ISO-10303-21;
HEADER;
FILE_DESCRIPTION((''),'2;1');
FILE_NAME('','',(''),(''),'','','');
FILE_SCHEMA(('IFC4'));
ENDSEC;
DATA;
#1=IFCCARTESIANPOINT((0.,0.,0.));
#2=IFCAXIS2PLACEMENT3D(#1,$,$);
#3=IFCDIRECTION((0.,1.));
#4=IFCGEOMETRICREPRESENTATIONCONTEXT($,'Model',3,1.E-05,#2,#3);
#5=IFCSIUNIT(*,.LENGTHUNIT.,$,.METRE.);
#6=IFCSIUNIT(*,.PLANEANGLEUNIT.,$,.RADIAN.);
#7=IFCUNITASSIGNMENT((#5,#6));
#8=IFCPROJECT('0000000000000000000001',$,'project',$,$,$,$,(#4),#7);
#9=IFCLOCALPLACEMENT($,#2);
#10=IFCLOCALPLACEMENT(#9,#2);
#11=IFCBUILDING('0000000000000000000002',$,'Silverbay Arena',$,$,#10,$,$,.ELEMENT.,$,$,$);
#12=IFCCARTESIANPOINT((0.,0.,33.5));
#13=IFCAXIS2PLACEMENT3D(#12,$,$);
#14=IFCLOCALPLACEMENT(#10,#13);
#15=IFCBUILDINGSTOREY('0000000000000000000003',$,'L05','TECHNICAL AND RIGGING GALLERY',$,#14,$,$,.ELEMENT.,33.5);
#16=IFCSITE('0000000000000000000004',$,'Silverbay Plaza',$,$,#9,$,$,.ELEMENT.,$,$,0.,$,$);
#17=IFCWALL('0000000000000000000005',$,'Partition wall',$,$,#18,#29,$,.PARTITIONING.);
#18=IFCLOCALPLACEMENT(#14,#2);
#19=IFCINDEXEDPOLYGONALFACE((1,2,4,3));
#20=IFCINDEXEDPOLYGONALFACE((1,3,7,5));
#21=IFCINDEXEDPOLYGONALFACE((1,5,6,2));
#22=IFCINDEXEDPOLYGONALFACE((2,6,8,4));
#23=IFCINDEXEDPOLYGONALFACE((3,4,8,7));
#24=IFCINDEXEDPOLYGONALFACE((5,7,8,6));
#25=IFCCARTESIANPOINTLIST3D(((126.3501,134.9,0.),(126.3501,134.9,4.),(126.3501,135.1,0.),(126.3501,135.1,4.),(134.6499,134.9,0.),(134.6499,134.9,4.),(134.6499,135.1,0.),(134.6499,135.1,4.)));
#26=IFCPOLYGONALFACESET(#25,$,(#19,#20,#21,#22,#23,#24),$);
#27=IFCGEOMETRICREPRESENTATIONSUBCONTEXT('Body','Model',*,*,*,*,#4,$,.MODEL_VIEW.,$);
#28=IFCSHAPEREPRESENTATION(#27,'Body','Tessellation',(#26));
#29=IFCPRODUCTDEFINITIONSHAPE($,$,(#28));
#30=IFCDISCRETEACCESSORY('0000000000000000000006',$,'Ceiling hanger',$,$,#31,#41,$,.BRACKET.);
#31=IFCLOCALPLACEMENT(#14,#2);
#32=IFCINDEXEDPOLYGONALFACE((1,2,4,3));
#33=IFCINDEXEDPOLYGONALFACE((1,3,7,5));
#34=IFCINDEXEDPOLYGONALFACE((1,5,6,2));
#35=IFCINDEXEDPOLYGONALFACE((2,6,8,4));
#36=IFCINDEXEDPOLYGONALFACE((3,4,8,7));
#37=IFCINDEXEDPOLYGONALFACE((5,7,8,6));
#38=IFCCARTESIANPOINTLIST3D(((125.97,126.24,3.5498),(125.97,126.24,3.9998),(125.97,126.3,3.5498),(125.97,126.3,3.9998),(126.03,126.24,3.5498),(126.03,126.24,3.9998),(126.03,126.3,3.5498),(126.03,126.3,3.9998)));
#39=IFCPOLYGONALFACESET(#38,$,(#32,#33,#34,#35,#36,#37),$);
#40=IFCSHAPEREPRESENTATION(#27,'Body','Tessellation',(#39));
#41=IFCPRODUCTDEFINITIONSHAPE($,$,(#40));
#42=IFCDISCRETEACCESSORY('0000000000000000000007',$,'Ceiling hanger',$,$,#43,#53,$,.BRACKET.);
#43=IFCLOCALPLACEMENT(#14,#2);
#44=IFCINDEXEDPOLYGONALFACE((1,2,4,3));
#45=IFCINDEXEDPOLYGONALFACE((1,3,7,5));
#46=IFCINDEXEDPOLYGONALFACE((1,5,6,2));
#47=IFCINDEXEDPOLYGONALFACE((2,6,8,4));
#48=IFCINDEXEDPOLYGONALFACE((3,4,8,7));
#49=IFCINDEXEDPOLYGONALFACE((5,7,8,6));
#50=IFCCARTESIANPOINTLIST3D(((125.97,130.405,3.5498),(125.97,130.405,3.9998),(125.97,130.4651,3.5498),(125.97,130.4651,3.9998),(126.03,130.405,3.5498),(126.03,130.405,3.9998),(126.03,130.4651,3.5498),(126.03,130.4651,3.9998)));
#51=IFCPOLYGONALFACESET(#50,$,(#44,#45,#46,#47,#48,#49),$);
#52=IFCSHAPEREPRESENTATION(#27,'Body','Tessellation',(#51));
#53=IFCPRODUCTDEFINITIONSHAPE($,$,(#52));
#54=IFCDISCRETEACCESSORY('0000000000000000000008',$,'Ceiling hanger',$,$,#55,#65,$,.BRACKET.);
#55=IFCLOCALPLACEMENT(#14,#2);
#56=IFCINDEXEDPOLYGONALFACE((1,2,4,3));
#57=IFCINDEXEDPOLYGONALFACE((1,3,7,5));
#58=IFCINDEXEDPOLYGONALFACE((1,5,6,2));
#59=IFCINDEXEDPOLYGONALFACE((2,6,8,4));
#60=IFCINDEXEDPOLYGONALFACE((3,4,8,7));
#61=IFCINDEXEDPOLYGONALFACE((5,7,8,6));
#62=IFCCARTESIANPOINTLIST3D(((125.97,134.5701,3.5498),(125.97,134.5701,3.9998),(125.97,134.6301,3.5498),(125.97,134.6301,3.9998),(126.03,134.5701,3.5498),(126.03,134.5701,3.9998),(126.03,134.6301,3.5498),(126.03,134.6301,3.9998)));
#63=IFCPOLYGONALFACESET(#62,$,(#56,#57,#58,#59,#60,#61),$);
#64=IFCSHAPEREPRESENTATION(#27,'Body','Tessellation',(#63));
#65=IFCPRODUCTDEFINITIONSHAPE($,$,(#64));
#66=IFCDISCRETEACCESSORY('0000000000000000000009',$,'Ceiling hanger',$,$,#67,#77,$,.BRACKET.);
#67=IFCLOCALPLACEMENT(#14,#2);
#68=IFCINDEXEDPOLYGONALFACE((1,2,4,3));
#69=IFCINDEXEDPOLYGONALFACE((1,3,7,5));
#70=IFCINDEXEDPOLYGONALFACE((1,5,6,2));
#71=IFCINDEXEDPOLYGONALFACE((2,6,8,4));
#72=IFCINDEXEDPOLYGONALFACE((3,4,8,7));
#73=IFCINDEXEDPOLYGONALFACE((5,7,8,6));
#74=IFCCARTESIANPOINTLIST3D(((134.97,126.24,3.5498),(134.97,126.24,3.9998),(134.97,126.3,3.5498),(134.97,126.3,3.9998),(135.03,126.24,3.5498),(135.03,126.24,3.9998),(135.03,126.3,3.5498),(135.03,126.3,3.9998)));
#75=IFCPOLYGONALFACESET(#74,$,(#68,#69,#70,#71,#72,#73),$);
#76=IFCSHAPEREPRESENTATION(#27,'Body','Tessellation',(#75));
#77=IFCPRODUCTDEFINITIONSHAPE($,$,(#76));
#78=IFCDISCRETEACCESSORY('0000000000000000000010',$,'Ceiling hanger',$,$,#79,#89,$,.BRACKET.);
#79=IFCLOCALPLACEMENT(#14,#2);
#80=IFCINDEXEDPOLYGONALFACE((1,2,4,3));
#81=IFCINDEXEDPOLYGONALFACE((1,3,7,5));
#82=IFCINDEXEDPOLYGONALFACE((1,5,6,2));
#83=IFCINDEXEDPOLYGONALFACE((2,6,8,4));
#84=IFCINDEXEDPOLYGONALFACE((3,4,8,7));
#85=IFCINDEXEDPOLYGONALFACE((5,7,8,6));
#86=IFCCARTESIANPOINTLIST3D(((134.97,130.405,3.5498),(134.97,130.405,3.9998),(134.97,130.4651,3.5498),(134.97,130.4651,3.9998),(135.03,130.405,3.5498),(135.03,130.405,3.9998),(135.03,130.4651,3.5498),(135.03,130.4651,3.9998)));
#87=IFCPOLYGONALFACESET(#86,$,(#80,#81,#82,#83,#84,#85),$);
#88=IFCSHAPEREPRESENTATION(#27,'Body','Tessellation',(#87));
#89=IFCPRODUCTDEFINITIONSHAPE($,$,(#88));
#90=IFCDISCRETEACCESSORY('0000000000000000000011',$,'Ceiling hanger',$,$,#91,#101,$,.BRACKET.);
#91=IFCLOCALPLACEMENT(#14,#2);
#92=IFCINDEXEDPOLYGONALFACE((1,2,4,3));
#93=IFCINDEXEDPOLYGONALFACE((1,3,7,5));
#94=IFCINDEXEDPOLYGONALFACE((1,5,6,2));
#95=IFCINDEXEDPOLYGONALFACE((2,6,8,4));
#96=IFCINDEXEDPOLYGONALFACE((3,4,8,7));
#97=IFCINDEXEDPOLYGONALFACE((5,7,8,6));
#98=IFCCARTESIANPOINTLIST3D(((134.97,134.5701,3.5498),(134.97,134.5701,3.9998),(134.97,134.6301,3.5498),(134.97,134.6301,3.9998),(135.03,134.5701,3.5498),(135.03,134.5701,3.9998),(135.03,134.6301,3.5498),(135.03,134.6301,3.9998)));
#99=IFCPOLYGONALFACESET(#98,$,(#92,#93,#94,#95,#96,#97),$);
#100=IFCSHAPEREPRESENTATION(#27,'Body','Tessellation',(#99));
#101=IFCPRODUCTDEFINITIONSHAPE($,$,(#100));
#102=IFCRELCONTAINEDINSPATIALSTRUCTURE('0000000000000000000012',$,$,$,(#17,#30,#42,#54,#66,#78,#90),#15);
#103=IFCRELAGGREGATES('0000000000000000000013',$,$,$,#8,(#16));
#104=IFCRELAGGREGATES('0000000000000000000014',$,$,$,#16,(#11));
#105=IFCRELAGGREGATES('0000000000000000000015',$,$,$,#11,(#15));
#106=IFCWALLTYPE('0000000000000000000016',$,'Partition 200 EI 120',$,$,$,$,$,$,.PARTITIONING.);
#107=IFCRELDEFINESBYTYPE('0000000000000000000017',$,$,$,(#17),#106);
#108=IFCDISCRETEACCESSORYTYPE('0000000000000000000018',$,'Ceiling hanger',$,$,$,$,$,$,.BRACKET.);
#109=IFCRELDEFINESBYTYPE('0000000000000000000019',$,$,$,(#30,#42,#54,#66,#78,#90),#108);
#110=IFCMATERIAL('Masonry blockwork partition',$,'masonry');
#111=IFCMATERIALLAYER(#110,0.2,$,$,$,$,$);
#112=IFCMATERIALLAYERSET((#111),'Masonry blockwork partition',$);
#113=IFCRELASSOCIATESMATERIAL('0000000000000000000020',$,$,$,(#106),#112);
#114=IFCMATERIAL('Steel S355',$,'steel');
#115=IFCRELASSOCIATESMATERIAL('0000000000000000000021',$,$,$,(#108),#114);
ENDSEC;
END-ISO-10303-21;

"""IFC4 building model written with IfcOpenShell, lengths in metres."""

from ifc_helpers import new_model, si_unit, direction, frame, frame_2d, origin, origin_2d, place, context, subcontext, project, spatial, rectangle, extrude, material, layer, layer_set, type_object, element, save


model = new_model("IFC4")

# Units and contexts
model_context = context("Model", 3, precision=1e-05, world=origin(), true_north=direction((0.0, 1.0)))
body_context = subcontext(model_context, "Body", "Model", "MODEL_VIEW")
ifc_project = project(units=[si_unit("LENGTHUNIT", "METRE"), si_unit("PLANEANGLEUNIT", "RADIAN")], contexts=[model_context])

# Site, building, storey
site_placement = place(None, origin())
site = spatial("IfcSite", under=ifc_project, at=site_placement, Name="Silverbay Plaza", CompositionType="ELEMENT", RefElevation=0.0)
building_placement = place(site_placement, origin())
building = spatial("IfcBuilding", under=site, at=building_placement, Name="Silverbay Arena", CompositionType="ELEMENT")
storey_placement = place(building_placement, frame((0.0, 0.0, 33.5)))
storey = spatial("IfcBuildingStorey", under=building, at=storey_placement, Name="L05", Description="TECHNICAL AND RIGGING GALLERY", CompositionType="ELEMENT", Elevation=33.5)

# Shared definitions
ifc_material_1 = material(Name="Masonry blockwork partition", Category="masonry")
ifc_layer = layer(ifc_material_1, 0.2)
ifc_layer_set = layer_set([ifc_layer], Name="Masonry blockwork partition")
wall_type = type_object("IfcWallType", Name="Partition 200 EI 120", PredefinedType="PARTITIONING", material=ifc_layer_set)

# Wall
wall_1_placement = place(storey_placement, frame((126.3501, 135.0, 0.0), z_axis=(0.0, 0.0, 1.0), x_axis=(1.0, 0.0, 0.0)))
element("IfcWall", 1, at=wall_1_placement, inside=storey, type_object=wall_type, Name="Partition wall", PredefinedType="PARTITIONING", context=body_context, shape_type="SweptSolid", body=[
    extrude(rectangle(XDim=8.2998, YDim=0.2, at=frame_2d((4.1499, 0.0))), origin(), (0.0, 0.0, 1.0), 4.0),
])

# Discrete accessories
ifc_material_2 = material(Name="Steel S355", Category="steel")
discrete_accessory_type = type_object("IfcDiscreteAccessoryType", Name="Ceiling hanger", PredefinedType="BRACKET", material=ifc_material_2)
for number, where, z_axis, x_axis, name in (
    (2, (126.0, 126.27, 3.5498), (0.0, 0.0, 1.0), (1.0, 0.0, 0.0), "Ceiling hanger"),
    (3, (126.0, 130.4351, 3.5498), (0.0, 0.0, 1.0), (1.0, 0.0, 0.0), "Ceiling hanger"),
    (4, (126.0, 134.6001, 3.5498), (0.0, 0.0, 1.0), (1.0, 0.0, 0.0), "Ceiling hanger"),
    (5, (135.0, 126.27, 3.5498), (0.0, 0.0, 1.0), (1.0, 0.0, 0.0), "Ceiling hanger"),
    (6, (135.0, 130.4351, 3.5498), (0.0, 0.0, 1.0), (1.0, 0.0, 0.0), "Ceiling hanger"),
    (7, (135.0, 134.6001, 3.5498), (0.0, 0.0, 1.0), (1.0, 0.0, 0.0), "Ceiling hanger"),
):
    element("IfcDiscreteAccessory", number, at=place(storey_placement, frame(where, z_axis=z_axis, x_axis=x_axis)), inside=storey, type_object=discrete_accessory_type, Name=name, PredefinedType="BRACKET", context=body_context, shape_type="SweptSolid", body=[
        extrude(rectangle(XDim=0.0601, YDim=0.0601, at=origin_2d()), origin(), (0.0, 0.0, 1.0), 0.45),
    ])

save(model, "model.ifc")
